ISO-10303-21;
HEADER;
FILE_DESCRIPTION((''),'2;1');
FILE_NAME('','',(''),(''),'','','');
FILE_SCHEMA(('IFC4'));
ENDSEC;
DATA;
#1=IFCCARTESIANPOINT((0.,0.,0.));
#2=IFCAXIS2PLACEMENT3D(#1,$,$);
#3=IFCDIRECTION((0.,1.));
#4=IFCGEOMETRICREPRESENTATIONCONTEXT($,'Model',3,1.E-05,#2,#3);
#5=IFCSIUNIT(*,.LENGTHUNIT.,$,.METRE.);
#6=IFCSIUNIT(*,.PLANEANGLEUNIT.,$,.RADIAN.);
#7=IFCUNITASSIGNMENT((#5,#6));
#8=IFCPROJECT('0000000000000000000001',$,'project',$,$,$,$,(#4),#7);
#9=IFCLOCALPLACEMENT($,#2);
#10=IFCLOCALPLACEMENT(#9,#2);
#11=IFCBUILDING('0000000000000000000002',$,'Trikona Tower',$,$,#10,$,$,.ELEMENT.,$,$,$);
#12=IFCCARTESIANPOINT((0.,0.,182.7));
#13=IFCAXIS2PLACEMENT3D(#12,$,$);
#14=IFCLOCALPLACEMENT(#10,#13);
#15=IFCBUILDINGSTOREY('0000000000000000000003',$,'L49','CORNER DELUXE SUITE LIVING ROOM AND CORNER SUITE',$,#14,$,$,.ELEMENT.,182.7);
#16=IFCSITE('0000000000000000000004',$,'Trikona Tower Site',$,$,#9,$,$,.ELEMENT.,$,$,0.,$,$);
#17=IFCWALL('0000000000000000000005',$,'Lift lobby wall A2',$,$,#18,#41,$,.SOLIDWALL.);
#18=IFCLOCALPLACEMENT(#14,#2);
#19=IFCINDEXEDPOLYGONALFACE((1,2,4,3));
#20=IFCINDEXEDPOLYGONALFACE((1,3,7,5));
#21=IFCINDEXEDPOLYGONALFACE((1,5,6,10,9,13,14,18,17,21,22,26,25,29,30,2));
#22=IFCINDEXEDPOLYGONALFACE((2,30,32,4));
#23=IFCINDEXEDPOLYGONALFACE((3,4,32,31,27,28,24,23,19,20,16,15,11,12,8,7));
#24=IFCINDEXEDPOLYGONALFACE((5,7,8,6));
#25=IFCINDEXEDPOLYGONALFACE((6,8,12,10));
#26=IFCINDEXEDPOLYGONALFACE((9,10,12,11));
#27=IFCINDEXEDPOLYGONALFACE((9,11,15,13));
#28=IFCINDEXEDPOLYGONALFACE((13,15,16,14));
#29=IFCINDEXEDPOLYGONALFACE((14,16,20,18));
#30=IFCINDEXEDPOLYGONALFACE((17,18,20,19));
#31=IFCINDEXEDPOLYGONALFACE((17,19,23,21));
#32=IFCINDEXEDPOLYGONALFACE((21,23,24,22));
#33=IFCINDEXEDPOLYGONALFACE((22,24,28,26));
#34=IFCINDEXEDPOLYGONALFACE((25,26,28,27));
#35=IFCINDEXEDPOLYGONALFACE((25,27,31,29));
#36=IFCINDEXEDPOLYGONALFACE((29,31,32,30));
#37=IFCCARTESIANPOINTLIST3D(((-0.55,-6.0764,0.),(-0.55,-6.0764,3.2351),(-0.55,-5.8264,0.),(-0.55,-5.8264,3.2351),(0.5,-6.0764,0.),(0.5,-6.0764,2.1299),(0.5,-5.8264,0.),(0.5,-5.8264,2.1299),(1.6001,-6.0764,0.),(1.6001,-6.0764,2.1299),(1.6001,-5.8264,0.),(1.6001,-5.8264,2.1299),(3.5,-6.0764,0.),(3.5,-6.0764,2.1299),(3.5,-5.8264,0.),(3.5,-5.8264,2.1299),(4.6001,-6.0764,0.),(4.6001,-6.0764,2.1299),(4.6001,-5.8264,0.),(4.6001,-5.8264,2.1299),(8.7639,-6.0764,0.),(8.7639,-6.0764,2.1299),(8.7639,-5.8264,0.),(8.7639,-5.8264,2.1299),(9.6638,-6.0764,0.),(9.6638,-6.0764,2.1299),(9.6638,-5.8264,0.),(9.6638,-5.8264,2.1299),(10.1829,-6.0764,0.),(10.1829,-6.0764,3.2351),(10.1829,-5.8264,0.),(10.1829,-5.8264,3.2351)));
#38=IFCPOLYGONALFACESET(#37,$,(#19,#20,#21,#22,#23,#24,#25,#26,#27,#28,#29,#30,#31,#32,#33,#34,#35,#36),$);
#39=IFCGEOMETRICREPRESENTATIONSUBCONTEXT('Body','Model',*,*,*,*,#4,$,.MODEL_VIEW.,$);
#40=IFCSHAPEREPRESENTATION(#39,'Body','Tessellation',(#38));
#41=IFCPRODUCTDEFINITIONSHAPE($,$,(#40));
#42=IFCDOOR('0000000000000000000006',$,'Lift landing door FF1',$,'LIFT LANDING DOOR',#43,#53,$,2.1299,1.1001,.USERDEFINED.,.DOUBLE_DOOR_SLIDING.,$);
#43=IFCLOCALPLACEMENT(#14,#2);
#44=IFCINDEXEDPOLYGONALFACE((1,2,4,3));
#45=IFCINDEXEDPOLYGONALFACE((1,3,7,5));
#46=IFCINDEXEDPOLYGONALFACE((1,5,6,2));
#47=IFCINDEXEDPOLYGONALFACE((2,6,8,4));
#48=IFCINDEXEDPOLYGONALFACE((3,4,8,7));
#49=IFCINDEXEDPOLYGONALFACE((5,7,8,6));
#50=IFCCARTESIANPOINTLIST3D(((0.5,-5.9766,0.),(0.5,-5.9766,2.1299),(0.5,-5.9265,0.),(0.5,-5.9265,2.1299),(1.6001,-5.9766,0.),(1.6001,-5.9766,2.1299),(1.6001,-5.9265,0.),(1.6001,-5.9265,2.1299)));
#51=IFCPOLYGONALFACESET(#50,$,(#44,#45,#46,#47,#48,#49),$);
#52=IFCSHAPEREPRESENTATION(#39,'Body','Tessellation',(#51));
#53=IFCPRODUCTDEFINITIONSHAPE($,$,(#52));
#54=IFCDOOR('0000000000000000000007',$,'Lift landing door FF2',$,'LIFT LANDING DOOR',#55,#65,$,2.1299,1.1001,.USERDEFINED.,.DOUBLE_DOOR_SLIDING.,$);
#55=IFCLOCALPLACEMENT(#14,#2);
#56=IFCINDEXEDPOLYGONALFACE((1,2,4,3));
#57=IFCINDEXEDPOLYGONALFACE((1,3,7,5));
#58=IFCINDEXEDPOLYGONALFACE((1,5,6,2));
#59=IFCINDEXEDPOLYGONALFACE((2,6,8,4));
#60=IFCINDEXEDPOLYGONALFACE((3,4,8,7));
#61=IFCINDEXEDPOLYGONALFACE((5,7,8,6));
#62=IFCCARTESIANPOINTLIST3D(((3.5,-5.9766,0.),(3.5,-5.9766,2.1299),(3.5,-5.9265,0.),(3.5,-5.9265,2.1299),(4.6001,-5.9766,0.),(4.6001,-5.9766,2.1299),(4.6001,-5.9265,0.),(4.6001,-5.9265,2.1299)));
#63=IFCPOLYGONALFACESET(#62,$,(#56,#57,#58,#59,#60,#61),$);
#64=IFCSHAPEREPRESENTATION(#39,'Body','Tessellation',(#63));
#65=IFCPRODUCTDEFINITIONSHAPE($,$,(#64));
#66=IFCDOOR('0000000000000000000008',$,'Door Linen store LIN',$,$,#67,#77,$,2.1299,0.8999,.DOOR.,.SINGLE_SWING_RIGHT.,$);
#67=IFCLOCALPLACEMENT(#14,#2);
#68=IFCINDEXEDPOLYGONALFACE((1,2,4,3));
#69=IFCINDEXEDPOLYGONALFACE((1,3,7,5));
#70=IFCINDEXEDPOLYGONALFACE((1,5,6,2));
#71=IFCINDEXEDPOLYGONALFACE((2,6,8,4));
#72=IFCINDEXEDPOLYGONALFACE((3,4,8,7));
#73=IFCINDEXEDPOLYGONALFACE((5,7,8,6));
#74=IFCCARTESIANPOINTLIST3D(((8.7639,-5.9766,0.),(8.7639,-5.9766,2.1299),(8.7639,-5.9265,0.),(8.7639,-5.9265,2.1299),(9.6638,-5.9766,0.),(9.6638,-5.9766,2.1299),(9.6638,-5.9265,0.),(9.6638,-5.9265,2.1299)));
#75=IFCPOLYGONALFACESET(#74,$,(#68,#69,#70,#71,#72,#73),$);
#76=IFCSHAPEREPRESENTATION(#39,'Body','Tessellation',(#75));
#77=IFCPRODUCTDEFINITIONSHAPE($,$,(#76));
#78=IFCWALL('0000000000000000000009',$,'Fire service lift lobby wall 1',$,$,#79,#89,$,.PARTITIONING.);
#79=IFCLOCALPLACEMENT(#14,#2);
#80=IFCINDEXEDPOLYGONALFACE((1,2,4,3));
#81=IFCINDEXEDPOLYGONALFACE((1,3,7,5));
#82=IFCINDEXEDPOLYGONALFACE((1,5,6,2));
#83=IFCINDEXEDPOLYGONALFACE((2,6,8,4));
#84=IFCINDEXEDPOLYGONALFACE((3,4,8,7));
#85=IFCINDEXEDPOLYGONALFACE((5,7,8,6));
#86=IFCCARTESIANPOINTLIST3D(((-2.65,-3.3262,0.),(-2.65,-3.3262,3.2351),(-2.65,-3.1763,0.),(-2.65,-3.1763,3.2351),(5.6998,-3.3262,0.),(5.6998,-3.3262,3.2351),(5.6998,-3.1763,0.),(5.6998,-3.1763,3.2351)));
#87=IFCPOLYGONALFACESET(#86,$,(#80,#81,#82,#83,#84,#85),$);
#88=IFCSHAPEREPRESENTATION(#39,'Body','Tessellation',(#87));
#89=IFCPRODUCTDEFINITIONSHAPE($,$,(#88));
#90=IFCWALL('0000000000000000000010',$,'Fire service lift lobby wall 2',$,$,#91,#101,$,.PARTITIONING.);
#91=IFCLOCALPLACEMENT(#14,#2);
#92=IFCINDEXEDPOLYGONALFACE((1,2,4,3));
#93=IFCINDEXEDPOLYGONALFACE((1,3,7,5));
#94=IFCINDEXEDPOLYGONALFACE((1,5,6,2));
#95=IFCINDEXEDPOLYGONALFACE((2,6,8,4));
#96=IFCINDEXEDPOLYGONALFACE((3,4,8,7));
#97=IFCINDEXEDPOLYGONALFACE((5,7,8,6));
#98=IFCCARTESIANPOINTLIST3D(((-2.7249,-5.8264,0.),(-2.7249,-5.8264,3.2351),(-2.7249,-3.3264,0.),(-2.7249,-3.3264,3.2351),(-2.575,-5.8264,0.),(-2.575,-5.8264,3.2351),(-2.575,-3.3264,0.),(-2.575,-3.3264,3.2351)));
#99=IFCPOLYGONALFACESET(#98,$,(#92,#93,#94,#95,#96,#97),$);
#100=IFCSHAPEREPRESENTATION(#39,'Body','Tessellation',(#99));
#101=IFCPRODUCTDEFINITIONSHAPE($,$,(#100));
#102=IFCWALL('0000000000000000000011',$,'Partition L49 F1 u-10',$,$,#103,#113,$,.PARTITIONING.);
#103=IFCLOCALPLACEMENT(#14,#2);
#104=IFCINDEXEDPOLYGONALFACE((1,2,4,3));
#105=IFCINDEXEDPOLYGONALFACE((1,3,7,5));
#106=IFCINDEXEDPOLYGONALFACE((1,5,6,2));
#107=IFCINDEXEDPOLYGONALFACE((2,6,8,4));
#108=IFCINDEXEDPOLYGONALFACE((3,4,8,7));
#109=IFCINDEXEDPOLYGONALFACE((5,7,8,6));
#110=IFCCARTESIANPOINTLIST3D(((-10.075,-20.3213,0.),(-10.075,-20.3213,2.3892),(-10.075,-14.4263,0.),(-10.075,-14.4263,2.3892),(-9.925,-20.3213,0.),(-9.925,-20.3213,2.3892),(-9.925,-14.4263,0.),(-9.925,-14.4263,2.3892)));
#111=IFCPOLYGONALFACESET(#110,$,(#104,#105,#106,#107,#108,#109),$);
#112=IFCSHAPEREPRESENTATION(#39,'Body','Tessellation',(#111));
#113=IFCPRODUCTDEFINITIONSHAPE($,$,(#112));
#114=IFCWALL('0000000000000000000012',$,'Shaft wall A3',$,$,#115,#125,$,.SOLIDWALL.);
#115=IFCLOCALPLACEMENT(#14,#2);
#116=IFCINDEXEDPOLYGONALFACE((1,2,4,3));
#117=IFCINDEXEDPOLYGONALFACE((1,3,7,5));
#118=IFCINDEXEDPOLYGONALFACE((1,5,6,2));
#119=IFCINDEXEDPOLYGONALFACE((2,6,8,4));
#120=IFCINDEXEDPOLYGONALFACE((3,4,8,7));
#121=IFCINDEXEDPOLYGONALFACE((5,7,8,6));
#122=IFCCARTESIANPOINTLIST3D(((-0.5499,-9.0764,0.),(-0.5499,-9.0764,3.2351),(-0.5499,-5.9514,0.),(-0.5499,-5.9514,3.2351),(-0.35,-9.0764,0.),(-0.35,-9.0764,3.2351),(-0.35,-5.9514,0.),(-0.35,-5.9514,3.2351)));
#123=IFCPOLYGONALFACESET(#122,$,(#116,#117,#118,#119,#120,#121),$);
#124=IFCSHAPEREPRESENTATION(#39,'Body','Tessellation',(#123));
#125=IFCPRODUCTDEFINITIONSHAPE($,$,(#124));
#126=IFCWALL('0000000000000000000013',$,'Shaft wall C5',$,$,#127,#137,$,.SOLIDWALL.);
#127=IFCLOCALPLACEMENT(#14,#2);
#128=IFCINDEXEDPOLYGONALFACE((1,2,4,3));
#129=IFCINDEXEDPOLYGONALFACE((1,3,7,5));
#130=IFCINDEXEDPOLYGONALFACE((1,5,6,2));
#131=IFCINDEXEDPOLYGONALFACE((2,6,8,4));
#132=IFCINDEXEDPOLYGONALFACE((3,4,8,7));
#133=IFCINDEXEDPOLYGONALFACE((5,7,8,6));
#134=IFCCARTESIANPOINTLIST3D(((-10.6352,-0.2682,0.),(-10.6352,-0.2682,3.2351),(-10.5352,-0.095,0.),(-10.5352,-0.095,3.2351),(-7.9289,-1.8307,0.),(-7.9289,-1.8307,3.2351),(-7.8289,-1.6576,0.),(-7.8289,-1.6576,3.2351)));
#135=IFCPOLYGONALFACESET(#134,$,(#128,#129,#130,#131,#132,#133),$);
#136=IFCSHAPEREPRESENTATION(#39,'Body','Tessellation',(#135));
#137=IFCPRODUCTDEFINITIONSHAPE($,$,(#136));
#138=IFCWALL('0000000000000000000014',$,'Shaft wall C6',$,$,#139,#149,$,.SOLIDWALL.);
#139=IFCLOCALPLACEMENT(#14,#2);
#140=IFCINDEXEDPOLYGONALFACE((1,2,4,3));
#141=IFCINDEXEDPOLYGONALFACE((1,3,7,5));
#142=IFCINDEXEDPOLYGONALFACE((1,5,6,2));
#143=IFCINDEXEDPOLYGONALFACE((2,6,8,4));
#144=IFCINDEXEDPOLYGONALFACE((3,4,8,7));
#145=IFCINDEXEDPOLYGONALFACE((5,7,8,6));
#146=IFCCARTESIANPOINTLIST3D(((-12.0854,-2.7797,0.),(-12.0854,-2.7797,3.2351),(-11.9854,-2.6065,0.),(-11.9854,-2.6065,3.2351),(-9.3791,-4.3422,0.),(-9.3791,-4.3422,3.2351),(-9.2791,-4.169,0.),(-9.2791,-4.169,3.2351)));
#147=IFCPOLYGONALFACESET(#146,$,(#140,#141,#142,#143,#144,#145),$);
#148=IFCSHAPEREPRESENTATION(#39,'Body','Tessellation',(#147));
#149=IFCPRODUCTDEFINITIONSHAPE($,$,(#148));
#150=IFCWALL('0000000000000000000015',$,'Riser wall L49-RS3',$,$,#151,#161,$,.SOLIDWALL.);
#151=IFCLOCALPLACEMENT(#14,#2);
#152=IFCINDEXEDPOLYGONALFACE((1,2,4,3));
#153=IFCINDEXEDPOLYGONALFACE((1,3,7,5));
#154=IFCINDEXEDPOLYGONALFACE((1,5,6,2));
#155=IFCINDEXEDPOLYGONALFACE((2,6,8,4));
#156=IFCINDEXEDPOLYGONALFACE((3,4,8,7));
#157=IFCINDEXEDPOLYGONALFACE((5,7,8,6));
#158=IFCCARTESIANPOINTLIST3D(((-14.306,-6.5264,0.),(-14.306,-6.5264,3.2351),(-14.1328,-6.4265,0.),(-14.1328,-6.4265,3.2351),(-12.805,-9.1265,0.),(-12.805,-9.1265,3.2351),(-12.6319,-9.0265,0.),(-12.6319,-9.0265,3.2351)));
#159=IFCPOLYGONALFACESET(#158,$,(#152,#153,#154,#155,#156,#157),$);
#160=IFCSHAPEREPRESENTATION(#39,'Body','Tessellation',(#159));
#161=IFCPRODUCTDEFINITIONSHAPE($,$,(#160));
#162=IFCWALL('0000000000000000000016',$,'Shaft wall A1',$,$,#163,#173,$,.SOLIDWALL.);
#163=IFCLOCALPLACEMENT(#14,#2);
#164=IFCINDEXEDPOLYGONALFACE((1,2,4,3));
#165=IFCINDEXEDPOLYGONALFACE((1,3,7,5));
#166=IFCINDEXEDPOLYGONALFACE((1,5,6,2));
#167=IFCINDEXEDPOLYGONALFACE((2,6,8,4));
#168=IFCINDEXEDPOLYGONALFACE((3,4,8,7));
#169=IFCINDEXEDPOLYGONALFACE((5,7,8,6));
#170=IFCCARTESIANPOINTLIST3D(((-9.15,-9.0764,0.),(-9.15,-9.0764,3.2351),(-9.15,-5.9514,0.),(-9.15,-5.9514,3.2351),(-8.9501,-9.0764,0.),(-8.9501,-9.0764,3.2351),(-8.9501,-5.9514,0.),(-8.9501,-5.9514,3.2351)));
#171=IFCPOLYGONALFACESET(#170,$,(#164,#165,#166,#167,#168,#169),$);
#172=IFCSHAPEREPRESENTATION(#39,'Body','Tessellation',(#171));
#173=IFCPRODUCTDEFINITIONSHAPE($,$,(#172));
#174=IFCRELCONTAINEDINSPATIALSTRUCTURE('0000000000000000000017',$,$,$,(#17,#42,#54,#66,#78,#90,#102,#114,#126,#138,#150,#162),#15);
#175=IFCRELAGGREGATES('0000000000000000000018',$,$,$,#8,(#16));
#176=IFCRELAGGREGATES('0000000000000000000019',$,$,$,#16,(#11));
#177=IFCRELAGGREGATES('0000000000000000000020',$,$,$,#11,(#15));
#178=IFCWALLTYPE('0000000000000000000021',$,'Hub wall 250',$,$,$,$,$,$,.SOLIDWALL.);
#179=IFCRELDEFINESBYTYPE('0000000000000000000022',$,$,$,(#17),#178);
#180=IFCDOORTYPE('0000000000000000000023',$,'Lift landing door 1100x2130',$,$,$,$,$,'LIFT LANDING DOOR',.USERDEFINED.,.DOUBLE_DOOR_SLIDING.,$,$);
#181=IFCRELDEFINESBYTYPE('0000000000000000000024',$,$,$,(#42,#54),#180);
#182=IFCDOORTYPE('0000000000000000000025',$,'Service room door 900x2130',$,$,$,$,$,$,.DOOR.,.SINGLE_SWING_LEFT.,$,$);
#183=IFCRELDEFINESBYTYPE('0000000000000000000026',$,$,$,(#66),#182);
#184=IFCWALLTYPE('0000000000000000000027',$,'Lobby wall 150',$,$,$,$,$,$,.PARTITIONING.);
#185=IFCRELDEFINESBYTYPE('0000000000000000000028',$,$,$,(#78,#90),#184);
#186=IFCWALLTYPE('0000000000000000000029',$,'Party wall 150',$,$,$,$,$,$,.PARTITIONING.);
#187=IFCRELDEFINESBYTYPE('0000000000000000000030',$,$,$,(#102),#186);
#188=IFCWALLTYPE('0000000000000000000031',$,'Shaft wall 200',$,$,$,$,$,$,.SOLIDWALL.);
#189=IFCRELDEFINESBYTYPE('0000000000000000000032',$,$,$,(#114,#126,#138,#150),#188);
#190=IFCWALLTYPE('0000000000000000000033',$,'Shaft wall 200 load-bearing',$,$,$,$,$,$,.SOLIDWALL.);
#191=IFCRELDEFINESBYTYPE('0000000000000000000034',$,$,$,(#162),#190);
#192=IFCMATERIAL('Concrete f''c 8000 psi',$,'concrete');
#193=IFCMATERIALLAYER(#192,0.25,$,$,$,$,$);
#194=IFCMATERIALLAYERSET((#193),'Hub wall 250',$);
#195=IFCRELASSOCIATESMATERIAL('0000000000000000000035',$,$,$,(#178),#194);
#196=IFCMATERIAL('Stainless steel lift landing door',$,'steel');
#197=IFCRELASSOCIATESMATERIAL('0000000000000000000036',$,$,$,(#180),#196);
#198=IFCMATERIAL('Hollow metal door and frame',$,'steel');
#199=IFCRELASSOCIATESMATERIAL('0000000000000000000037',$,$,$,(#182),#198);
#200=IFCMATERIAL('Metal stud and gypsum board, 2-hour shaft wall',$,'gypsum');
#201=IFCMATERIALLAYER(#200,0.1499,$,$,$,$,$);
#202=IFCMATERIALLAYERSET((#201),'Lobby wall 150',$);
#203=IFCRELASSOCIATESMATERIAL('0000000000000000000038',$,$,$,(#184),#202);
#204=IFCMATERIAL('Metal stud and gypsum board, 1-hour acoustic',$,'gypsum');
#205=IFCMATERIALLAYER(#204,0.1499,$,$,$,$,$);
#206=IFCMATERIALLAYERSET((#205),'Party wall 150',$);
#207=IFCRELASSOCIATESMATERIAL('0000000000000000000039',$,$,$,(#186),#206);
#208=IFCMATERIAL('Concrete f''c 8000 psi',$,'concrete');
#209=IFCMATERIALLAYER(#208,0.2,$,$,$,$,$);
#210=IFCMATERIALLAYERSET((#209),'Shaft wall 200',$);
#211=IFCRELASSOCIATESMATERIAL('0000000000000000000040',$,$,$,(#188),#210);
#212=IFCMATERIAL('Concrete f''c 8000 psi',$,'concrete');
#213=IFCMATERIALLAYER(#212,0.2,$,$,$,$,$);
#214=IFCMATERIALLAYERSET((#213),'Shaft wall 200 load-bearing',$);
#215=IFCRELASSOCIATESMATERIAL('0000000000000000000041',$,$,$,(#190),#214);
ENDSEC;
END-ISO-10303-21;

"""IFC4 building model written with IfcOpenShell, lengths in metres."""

from ifc_helpers import new_model, si_unit, direction, frame, frame_2d, origin, place, context, subcontext, project, spatial, rectangle, extrude, material, layer, layer_set, type_object, element, fill, save


model = new_model("IFC4")

# Units and contexts
model_context = context("Model", 3, precision=1e-05, world=origin(), true_north=direction((0.0, 1.0)))
body_context = subcontext(model_context, "Body", "Model", "MODEL_VIEW")
ifc_project = project(units=[si_unit("LENGTHUNIT", "METRE"), si_unit("PLANEANGLEUNIT", "RADIAN")], contexts=[model_context])

# Site, building, storey
site_placement = place(None, origin())
site = spatial("IfcSite", under=ifc_project, at=site_placement, Name="Trikona Tower Site", CompositionType="ELEMENT", RefElevation=0.0)
building_placement = place(site_placement, origin())
building = spatial("IfcBuilding", under=site, at=building_placement, Name="Trikona Tower", CompositionType="ELEMENT")
storey_placement = place(building_placement, frame((0.0, 0.0, 182.7)))
storey = spatial("IfcBuildingStorey", under=building, at=storey_placement, Name="L49", Description="CORNER DELUXE SUITE LIVING ROOM AND CORNER SUITE", CompositionType="ELEMENT", Elevation=182.7)

# Shared definitions
ifc_material_1 = material(Name="Concrete f'c 8000 psi", Category="concrete")
ifc_layer_1 = layer(ifc_material_1, 0.25)
ifc_layer_set_1 = layer_set([ifc_layer_1], Name="Hub wall 250")
wall_type_1 = type_object("IfcWallType", Name="Hub wall 250", PredefinedType="SOLIDWALL", material=ifc_layer_set_1)

# Wall, openings, doors
wall_1_placement = place(storey_placement, frame((-0.55, -5.9514, 0.0), z_axis=(0.0, 0.0, 1.0), x_axis=(1.0, 0.0, 0.0)))
wall_1 = element("IfcWall", 1, at=wall_1_placement, inside=storey, type_object=wall_type_1, Name="Lift lobby wall A2", PredefinedType="SOLIDWALL", context=body_context, shape_type="SweptSolid", body=[
    extrude(rectangle(XDim=10.7329, YDim=0.25, at=frame_2d((5.3665, 0.0))), origin(), (0.0, 0.0, 1.0), 3.2351),
])
opening_1_placement = place(wall_1_placement, frame((9.314, 0.0, 0.0)))
opening_1 = element("IfcOpeningElement", 2, at=opening_1_placement, cuts=wall_1, PredefinedType="OPENING", context=body_context, shape_type="SweptSolid", body=[
    extrude(rectangle(XDim=0.8999, YDim=2.1299, at=frame_2d((0.45, 1.0649))), frame((0.0, 0.135, 0.0), z_axis=(0.0, -1.0, 0.0), x_axis=(1.0, 0.0, 0.0)), (0.0, 0.0, 1.0), 0.27),
])
opening_2_placement = place(wall_1_placement, frame((1.05, 0.0, 0.0)))
opening_2 = element("IfcOpeningElement", 3, at=opening_2_placement, cuts=wall_1, PredefinedType="OPENING", context=body_context, shape_type="SweptSolid", body=[
    extrude(rectangle(XDim=1.1001, YDim=2.1299, at=frame_2d((0.55, 1.0649))), frame((0.0, 0.135, 0.0), z_axis=(0.0, -1.0, 0.0), x_axis=(1.0, 0.0, 0.0)), (0.0, 0.0, 1.0), 0.27),
])
opening_3_placement = place(wall_1_placement, frame((4.05, 0.0, 0.0)))
opening_3 = element("IfcOpeningElement", 4, at=opening_3_placement, cuts=wall_1, PredefinedType="OPENING", context=body_context, shape_type="SweptSolid", body=[
    extrude(rectangle(XDim=1.1001, YDim=2.1299, at=frame_2d((0.55, 1.0649))), frame((0.0, 0.135, 0.0), z_axis=(0.0, -1.0, 0.0), x_axis=(1.0, 0.0, 0.0)), (0.0, 0.0, 1.0), 0.27),
])
ifc_material_2 = material(Name="Stainless steel lift landing door", Category="steel")
door_type_1 = type_object("IfcDoorType", Name="Lift landing door 1100x2130", ElementType="LIFT LANDING DOOR", OperationType="DOUBLE_DOOR_SLIDING", PredefinedType="USERDEFINED", material=ifc_material_2)
door_1_placement = place(opening_2_placement, origin())
door_1 = element("IfcDoor", 5, at=door_1_placement, inside=storey, type_object=door_type_1, Name="Lift landing door FF1", ObjectType="LIFT LANDING DOOR", OperationType="DOUBLE_DOOR_SLIDING", OverallHeight=2.1299, OverallWidth=1.1001, PredefinedType="USERDEFINED", context=body_context, shape_type="SweptSolid", body=[
    extrude(rectangle(XDim=1.1001, YDim=2.1299, at=frame_2d((0.55, 1.0649))), frame((0.0, 0.0249, 0.0), z_axis=(0.0, -1.0, 0.0), x_axis=(1.0, 0.0, 0.0)), (0.0, 0.0, 1.0), 0.05),
])
fill(opening_2, door_1)
door_2_placement = place(opening_3_placement, origin())
door_2 = element("IfcDoor", 6, at=door_2_placement, inside=storey, type_object=door_type_1, Name="Lift landing door FF2", ObjectType="LIFT LANDING DOOR", OperationType="DOUBLE_DOOR_SLIDING", OverallHeight=2.1299, OverallWidth=1.1001, PredefinedType="USERDEFINED", context=body_context, shape_type="SweptSolid", body=[
    extrude(rectangle(XDim=1.1001, YDim=2.1299, at=frame_2d((0.55, 1.0649))), frame((0.0, 0.0249, 0.0), z_axis=(0.0, -1.0, 0.0), x_axis=(1.0, 0.0, 0.0)), (0.0, 0.0, 1.0), 0.05),
])
fill(opening_3, door_2)
ifc_material_3 = material(Name="Hollow metal door and frame", Category="steel")
door_type_2 = type_object("IfcDoorType", Name="Service room door 900x2130", OperationType="SINGLE_SWING_LEFT", PredefinedType="DOOR", material=ifc_material_3)
door_3_placement = place(opening_1_placement, origin())
door_3 = element("IfcDoor", 7, at=door_3_placement, inside=storey, type_object=door_type_2, Name="Door Linen store LIN", OperationType="SINGLE_SWING_RIGHT", OverallHeight=2.1299, OverallWidth=0.8999, PredefinedType="DOOR", context=body_context, shape_type="SweptSolid", body=[
    extrude(rectangle(XDim=0.8999, YDim=2.1299, at=frame_2d((0.45, 1.0649))), frame((0.0, 0.0249, 0.0), z_axis=(0.0, -1.0, 0.0), x_axis=(1.0, 0.0, 0.0)), (0.0, 0.0, 1.0), 0.05),
])
fill(opening_1, door_3)

# Walls
ifc_material_4 = material(Name="Metal stud and gypsum board, 2-hour shaft wall", Category="gypsum")
ifc_layer_2 = layer(ifc_material_4, 0.1499)
ifc_layer_set_2 = layer_set([ifc_layer_2], Name="Lobby wall 150")
wall_type_2 = type_object("IfcWallType", Name="Lobby wall 150", PredefinedType="PARTITIONING", material=ifc_layer_set_2)
wall_2_placement = place(storey_placement, frame((-2.6499, -3.2512, 0.0), z_axis=(0.0, 0.0, 1.0), x_axis=(1.0, 0.0, 0.0)))
element("IfcWall", 8, at=wall_2_placement, inside=storey, type_object=wall_type_2, Name="Fire service lift lobby wall 1", PredefinedType="PARTITIONING", context=body_context, shape_type="SweptSolid", body=[
    extrude(rectangle(XDim=8.3499, YDim=0.1499, at=frame_2d((4.1748, 0.0))), origin(), (0.0, 0.0, 1.0), 3.2351),
])
wall_3_placement = place(storey_placement, frame((-2.6499, -5.8264, 0.0), z_axis=(0.0, 0.0, 1.0), x_axis=(0.0, 1.0, 0.0)))
element("IfcWall", 9, at=wall_3_placement, inside=storey, type_object=wall_type_2, Name="Fire service lift lobby wall 2", PredefinedType="PARTITIONING", context=body_context, shape_type="SweptSolid", body=[
    extrude(rectangle(XDim=2.5, YDim=0.1499, at=frame_2d((1.25, 0.0))), origin(), (0.0, 0.0, 1.0), 3.2351),
])
ifc_material_5 = material(Name="Metal stud and gypsum board, 1-hour acoustic", Category="gypsum")
ifc_layer_3 = layer(ifc_material_5, 0.1499)
ifc_layer_set_3 = layer_set([ifc_layer_3], Name="Party wall 150")
wall_type_3 = type_object("IfcWallType", Name="Party wall 150", PredefinedType="PARTITIONING", material=ifc_layer_set_3)
wall_4_placement = place(storey_placement, frame((-10.0, -14.4263, 0.0), z_axis=(0.0, 0.0, 1.0), x_axis=(0.0, -1.0, 0.0)))
element("IfcWall", 10, at=wall_4_placement, inside=storey, type_object=wall_type_3, Name="Partition L49 F1 u-10", PredefinedType="PARTITIONING", context=body_context, shape_type="SweptSolid", body=[
    extrude(rectangle(XDim=5.895, YDim=0.1499, at=frame_2d((2.9475, 0.0))), origin(), (0.0, 0.0, 1.0), 2.3892),
])
ifc_material_6 = material(Name="Concrete f'c 8000 psi", Category="concrete")
ifc_layer_4 = layer(ifc_material_6, 0.2)
ifc_layer_set_4 = layer_set([ifc_layer_4], Name="Shaft wall 200")
wall_type_4 = type_object("IfcWallType", Name="Shaft wall 200", PredefinedType="SOLIDWALL", material=ifc_layer_set_4)
for number, where, z_axis, x_axis, name in (
    (11, (-0.45, -5.9514, 0.0), (0.0, 0.0, 1.0), (0.0, -1.0, 0.0), "Shaft wall A3"),
    (12, (-7.8789, -1.7441, 0.0), (0.0, 0.0, 1.0), (-0.866023, 0.500004, 0.0), "Shaft wall C5"),
    (13, (-9.3291, -4.2556, 0.0), (0.0, 0.0, 1.0), (-0.866023, 0.500004, 0.0), "Shaft wall C6"),
):
    element("IfcWall", number, at=place(storey_placement, frame(where, z_axis=z_axis, x_axis=x_axis)), inside=storey, type_object=wall_type_4, Name=name, PredefinedType="SOLIDWALL", context=body_context, shape_type="SweptSolid", body=[
        extrude(rectangle(XDim=3.125, YDim=0.2, at=frame_2d((1.5625, 0.0))), origin(), (0.0, 0.0, 1.0), 3.2351),
    ])
wall_5_placement = place(storey_placement, frame((-12.7185, -9.0764, 0.0), z_axis=(0.0, 0.0, 1.0), x_axis=(-0.499952, 0.866053, 0.0)))
element("IfcWall", 14, at=wall_5_placement, inside=storey, type_object=wall_type_4, Name="Riser wall L49-RS3", PredefinedType="SOLIDWALL", context=body_context, shape_type="SweptSolid", body=[
    extrude(rectangle(XDim=3.0022, YDim=0.2, at=frame_2d((1.501, 0.0))), origin(), (0.0, 0.0, 1.0), 3.2351),
])
ifc_material_7 = material(Name="Concrete f'c 8000 psi", Category="concrete")
ifc_layer_5 = layer(ifc_material_7, 0.2)
ifc_layer_set_5 = layer_set([ifc_layer_5], Name="Shaft wall 200 load-bearing")
wall_type_5 = type_object("IfcWallType", Name="Shaft wall 200 load-bearing", PredefinedType="SOLIDWALL", material=ifc_layer_set_5)
wall_6_placement = place(storey_placement, frame((-9.05, -5.9514, 0.0), z_axis=(0.0, 0.0, 1.0), x_axis=(0.0, -1.0, 0.0)))
element("IfcWall", 15, at=wall_6_placement, inside=storey, type_object=wall_type_5, Name="Shaft wall A1", PredefinedType="SOLIDWALL", context=body_context, shape_type="SweptSolid", body=[
    extrude(rectangle(XDim=3.125, YDim=0.2, at=frame_2d((1.5625, 0.0))), origin(), (0.0, 0.0, 1.0), 3.2351),
])

save(model, "model.ifc")
